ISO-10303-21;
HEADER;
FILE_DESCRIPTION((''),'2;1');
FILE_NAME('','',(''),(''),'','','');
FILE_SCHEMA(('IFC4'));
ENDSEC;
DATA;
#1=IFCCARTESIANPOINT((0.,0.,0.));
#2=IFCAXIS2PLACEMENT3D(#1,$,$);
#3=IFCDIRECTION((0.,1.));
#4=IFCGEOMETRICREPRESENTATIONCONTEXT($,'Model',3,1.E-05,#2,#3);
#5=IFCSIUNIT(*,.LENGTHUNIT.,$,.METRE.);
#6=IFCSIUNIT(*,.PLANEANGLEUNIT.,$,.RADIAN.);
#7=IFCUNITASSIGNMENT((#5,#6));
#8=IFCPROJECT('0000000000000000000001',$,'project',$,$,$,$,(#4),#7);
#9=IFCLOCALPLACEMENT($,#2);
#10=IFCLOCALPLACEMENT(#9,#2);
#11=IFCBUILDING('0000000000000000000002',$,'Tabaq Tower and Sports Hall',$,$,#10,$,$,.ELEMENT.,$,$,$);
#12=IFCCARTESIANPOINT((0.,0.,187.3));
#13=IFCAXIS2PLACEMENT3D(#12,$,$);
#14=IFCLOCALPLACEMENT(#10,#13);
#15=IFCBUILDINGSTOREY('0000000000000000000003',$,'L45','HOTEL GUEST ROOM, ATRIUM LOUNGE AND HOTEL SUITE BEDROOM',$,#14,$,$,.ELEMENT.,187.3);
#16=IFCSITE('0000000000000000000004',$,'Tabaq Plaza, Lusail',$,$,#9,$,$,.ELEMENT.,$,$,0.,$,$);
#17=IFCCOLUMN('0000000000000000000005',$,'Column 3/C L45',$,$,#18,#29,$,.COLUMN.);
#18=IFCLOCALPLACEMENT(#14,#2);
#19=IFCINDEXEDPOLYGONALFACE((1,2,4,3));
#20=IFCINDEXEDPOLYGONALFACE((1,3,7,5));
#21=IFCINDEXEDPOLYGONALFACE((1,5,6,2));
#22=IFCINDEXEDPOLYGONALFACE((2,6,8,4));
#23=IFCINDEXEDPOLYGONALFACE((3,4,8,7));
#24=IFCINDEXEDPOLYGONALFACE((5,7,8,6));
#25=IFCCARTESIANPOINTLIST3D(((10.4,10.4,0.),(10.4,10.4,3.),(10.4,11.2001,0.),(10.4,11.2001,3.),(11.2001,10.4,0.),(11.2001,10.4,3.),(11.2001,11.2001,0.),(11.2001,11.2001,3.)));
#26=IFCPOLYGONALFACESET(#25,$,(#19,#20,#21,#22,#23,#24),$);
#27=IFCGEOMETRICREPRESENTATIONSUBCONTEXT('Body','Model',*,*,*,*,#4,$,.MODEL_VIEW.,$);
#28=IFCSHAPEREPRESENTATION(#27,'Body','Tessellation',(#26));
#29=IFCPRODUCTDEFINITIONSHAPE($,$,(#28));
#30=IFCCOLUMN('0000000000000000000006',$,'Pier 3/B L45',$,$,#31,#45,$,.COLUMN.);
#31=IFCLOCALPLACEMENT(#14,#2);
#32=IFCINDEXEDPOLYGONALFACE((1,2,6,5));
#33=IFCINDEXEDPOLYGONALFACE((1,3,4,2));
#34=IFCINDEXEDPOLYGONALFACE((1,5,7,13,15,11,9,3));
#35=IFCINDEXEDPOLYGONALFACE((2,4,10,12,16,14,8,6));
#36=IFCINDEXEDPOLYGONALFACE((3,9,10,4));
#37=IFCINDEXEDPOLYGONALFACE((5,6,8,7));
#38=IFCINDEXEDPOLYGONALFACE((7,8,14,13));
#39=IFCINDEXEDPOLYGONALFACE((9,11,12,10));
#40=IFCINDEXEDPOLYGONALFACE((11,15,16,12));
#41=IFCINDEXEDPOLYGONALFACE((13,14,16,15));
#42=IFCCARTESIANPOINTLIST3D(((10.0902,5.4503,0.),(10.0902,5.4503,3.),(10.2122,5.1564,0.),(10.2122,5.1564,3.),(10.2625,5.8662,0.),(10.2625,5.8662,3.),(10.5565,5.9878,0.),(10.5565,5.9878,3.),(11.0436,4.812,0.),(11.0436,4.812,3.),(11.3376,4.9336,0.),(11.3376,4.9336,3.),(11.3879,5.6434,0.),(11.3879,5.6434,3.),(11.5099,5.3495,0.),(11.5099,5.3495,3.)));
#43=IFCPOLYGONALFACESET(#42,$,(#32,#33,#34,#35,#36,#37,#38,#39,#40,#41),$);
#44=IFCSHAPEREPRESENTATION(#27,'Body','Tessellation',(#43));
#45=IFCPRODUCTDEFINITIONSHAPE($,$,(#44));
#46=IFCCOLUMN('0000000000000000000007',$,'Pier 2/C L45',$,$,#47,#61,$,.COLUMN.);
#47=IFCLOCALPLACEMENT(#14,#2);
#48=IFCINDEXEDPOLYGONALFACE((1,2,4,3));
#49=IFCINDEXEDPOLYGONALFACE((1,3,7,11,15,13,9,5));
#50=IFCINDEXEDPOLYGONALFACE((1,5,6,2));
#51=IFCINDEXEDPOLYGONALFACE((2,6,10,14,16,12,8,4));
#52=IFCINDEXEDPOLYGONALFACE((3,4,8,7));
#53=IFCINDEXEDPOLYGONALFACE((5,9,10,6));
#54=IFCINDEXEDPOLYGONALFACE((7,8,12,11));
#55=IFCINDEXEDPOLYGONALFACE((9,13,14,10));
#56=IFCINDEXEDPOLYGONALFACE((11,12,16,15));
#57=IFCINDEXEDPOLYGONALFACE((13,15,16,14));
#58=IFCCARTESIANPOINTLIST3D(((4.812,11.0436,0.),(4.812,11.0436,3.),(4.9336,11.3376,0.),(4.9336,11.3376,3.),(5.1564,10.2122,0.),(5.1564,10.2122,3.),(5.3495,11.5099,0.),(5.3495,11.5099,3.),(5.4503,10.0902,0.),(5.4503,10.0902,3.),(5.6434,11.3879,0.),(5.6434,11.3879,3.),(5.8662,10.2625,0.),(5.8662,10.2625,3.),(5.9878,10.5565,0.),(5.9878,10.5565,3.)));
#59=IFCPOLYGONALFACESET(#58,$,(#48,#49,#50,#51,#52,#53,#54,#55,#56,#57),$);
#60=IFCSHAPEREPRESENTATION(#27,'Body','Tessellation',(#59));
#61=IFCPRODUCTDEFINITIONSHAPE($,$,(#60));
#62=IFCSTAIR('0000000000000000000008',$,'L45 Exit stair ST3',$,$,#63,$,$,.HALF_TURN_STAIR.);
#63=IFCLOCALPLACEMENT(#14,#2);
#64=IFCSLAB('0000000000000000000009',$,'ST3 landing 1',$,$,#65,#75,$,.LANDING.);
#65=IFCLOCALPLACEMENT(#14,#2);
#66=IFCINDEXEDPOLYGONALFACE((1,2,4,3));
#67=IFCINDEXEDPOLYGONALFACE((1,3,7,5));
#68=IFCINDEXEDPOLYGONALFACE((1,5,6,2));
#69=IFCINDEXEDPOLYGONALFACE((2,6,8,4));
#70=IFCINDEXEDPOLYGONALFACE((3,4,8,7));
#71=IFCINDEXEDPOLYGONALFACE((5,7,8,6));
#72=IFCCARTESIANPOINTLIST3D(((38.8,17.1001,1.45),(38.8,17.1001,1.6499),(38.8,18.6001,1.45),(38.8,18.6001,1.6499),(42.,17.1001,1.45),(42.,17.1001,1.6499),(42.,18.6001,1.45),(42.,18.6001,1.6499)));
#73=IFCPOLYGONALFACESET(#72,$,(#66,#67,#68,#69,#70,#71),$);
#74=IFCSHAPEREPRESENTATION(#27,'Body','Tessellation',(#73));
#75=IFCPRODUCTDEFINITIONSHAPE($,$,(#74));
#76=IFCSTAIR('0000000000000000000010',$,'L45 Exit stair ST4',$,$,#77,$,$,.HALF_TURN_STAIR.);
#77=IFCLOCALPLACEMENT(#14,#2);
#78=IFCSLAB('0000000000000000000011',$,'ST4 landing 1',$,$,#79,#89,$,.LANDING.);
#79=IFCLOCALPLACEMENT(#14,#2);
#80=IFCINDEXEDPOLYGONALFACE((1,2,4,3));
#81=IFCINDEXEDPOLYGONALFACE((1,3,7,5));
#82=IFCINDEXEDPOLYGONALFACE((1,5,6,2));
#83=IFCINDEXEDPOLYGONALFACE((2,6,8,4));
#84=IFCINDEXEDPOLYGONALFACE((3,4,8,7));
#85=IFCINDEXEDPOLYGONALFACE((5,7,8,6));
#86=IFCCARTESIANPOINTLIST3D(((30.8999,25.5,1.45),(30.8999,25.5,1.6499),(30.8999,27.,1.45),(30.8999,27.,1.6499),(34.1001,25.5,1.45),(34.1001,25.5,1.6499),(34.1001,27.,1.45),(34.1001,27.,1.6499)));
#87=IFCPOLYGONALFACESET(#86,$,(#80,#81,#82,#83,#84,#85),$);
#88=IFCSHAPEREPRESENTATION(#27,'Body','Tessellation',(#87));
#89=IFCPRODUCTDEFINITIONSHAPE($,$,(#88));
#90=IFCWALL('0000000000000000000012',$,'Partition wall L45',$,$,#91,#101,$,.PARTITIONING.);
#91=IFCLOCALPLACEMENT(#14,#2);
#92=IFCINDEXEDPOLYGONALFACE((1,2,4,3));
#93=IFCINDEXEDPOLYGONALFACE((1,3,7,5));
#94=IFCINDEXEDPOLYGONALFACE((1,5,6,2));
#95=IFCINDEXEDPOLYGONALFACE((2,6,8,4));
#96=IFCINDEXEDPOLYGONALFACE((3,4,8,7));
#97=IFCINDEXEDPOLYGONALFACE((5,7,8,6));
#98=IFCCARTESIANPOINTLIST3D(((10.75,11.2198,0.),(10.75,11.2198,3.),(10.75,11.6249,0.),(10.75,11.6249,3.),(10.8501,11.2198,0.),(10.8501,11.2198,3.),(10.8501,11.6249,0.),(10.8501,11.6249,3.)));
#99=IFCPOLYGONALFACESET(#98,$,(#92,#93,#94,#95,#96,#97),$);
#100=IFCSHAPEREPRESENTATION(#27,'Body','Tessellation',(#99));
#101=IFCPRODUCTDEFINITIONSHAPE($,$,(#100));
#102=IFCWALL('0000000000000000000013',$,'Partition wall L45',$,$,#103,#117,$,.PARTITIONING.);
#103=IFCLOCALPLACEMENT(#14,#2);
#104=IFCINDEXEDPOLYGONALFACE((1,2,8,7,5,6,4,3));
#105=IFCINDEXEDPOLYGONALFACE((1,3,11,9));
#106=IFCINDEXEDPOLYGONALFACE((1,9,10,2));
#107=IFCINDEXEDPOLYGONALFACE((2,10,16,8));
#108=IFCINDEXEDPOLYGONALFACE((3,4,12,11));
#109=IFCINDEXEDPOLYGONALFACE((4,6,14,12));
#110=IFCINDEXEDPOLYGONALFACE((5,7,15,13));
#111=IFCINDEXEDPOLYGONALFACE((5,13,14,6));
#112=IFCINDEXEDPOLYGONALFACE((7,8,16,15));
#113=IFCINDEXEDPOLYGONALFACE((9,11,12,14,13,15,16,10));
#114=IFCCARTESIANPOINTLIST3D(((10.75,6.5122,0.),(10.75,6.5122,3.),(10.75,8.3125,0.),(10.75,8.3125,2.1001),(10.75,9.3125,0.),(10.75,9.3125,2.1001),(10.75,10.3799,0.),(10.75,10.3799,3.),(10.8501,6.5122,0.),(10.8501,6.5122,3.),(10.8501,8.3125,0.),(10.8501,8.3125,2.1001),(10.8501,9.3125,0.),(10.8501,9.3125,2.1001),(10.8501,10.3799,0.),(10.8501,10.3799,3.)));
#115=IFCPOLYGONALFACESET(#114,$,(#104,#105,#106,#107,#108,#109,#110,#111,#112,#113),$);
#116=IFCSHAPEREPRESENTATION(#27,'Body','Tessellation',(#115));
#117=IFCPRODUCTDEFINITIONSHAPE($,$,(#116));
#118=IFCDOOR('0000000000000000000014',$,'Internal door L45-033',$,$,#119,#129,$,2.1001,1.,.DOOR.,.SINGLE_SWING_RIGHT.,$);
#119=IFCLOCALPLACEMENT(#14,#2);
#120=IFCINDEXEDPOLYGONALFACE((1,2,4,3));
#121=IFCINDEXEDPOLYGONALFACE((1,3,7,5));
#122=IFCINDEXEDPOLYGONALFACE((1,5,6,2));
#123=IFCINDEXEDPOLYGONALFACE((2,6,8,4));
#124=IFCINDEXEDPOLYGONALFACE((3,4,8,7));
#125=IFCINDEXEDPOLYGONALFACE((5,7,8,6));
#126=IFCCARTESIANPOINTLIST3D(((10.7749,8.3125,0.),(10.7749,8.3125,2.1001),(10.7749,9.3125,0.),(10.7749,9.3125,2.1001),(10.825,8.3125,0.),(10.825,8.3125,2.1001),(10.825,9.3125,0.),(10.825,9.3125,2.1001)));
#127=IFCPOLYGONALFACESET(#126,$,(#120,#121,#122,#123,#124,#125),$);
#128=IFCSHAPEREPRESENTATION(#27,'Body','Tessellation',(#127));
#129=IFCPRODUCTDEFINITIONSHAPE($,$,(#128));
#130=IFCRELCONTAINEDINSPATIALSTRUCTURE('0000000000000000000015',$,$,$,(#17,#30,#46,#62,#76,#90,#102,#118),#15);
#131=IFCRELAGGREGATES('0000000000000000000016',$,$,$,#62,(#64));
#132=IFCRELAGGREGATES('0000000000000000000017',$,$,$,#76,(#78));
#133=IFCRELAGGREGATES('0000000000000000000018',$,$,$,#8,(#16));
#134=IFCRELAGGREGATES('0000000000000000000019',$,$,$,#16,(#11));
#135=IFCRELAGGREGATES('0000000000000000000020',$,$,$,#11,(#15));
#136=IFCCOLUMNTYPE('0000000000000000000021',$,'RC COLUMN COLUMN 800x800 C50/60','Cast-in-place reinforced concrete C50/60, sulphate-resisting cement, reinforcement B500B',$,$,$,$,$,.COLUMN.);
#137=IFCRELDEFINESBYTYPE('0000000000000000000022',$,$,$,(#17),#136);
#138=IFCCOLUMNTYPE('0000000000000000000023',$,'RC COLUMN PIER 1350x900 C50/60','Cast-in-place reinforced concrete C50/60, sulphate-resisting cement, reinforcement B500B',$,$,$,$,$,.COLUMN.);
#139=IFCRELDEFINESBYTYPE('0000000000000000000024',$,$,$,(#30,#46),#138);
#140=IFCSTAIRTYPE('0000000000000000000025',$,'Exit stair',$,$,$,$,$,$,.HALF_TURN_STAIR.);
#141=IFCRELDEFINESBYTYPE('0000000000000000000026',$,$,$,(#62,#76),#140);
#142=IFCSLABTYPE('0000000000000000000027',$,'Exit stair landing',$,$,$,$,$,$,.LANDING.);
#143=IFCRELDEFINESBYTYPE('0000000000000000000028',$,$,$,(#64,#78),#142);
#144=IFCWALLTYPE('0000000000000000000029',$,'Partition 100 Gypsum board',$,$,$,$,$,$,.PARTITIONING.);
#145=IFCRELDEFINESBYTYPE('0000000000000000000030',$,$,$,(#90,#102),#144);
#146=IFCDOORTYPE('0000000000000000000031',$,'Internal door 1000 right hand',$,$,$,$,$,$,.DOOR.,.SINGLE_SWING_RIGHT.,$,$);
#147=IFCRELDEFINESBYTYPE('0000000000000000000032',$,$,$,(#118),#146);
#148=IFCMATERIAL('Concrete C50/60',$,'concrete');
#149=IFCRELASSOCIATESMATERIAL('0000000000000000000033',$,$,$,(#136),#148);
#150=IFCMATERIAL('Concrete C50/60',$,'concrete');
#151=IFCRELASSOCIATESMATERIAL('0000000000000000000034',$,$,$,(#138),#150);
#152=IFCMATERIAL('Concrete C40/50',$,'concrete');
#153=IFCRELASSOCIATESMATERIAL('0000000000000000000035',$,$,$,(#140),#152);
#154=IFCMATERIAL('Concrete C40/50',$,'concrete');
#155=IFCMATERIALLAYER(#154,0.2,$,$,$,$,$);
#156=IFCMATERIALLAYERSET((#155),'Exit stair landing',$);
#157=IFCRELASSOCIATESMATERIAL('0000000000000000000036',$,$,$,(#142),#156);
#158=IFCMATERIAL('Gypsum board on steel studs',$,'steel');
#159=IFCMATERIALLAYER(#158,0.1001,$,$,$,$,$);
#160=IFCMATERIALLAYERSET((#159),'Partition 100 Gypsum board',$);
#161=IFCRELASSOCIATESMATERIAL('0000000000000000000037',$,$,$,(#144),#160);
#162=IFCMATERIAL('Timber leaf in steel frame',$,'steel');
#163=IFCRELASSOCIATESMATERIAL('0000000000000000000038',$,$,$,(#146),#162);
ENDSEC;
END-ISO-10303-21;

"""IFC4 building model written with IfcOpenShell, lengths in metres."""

from ifc_helpers import new_model, si_unit, direction, frame, frame_2d, origin, origin_2d, place, context, subcontext, project, spatial, polyline, rectangle, outline, extrude, material, layer, layer_set, material_profile, profile_set, type_object, element, fill, aggregate, save


model = new_model("IFC4")

# Units and contexts
model_context = context("Model", 3, precision=1e-05, world=origin(), true_north=direction((0.0, 1.0)))
body_context = subcontext(model_context, "Body", "Model", "MODEL_VIEW")
ifc_project = project(units=[si_unit("LENGTHUNIT", "METRE"), si_unit("PLANEANGLEUNIT", "RADIAN")], contexts=[model_context])

# Site, building, storey
site_placement = place(None, origin())
site = spatial("IfcSite", under=ifc_project, at=site_placement, Name="Tabaq Plaza, Lusail", CompositionType="ELEMENT", RefElevation=0.0)
building_placement = place(site_placement, origin())
building = spatial("IfcBuilding", under=site, at=building_placement, Name="Tabaq Tower and Sports Hall", CompositionType="ELEMENT")
storey_placement = place(building_placement, frame((0.0, 0.0, 187.3)))
storey = spatial("IfcBuildingStorey", under=building, at=storey_placement, Name="L45", Description="HOTEL GUEST ROOM, ATRIUM LOUNGE AND HOTEL SUITE BEDROOM", CompositionType="ELEMENT", Elevation=187.3)

# Columns
ifc_material_1 = material(Name="Concrete C50/60", Category="concrete")
ifc_material_profile_1 = material_profile(ifc_material_1, rectangle(XDim=0.8, YDim=0.8, at=origin_2d()), Name="COLUMN 800x800")
ifc_profile_set_1 = profile_set([ifc_material_profile_1], Name="Concrete C50/60")
column_type_1 = type_object("IfcColumnType", Name="RC COLUMN COLUMN 800x800 C50/60", Description="Cast-in-place reinforced concrete C50/60, sulphate-resisting cement, reinforcement B500B", PredefinedType="COLUMN", material=ifc_profile_set_1)
column_placement = place(storey_placement, frame((10.8, 10.8, 0.0), z_axis=(0.0, 0.0, 1.0), x_axis=(1.0, 0.0, 0.0)))
element("IfcColumn", 1, at=column_placement, inside=storey, type_object=column_type_1, Name="Column 3/C L45", PredefinedType="COLUMN", context=body_context, shape_type="SweptSolid", body=[
    extrude(rectangle(XDim=0.8, YDim=0.8, at=origin_2d()), origin(), (0.0, 0.0, 1.0), 3.0),
])
ifc_material_2 = material(Name="Concrete C50/60", Category="concrete")
ifc_material_profile_2 = material_profile(ifc_material_2, outline(polyline([(-0.45, -0.45), (0.45, -0.45), (0.675, -0.2251), (0.675, 0.2251), (0.45, 0.45), (-0.45, 0.45), (-0.675, 0.2251), (-0.675, -0.2251), (-0.45, -0.45)])), Name="PIER 1350x900")
ifc_profile_set_2 = profile_set([ifc_material_profile_2], Name="Concrete C50/60")
column_type_2 = type_object("IfcColumnType", Name="RC COLUMN PIER 1350x900 C50/60", Description="Cast-in-place reinforced concrete C50/60, sulphate-resisting cement, reinforcement B500B", PredefinedType="COLUMN", material=ifc_profile_set_2)
for number, where, z_axis, x_axis, name in (
    (2, (10.8, 5.3999, 0.0), (0.0, 0.0, 1.0), (-0.92388, 0.382683, 0.0), "Pier 3/B L45"),
    (3, (5.3999, 10.8, 0.0), (0.0, 0.0, 1.0), (-0.382683, 0.92388, 0.0), "Pier 2/C L45"),
):
    element("IfcColumn", number, at=place(storey_placement, frame(where, z_axis=z_axis, x_axis=x_axis)), inside=storey, type_object=column_type_2, Name=name, PredefinedType="COLUMN", context=body_context, shape_type="SweptSolid", body=[
        extrude(outline(polyline([(-0.45, -0.45), (0.45, -0.45), (0.675, -0.2251), (0.675, 0.2251), (0.45, 0.45), (-0.45, 0.45), (-0.675, 0.2251), (-0.675, -0.2251), (-0.45, -0.45)])), origin(), (0.0, 0.0, 1.0), 3.0),
    ])

# Stairs, slabs
ifc_material_3 = material(Name="Concrete C40/50", Category="concrete")
stair_type = type_object("IfcStairType", Name="Exit stair", PredefinedType="HALF_TURN_STAIR", material=ifc_material_3)
stair_1_placement = place(storey_placement, origin())
stair_1 = element("IfcStair", 4, at=stair_1_placement, inside=storey, type_object=stair_type, Name="L45 Exit stair ST3", PredefinedType="HALF_TURN_STAIR")
ifc_material_4 = material(Name="Concrete C40/50", Category="concrete")
ifc_layer_1 = layer(ifc_material_4, 0.2)
ifc_layer_set_1 = layer_set([ifc_layer_1], Name="Exit stair landing")
slab_type = type_object("IfcSlabType", Name="Exit stair landing", PredefinedType="LANDING", material=ifc_layer_set_1)
slab_1_placement = place(storey_placement, frame((0.0, 0.0, 1.45)))
slab_1 = element("IfcSlab", 5, at=slab_1_placement, type_object=slab_type, Name="ST3 landing 1", PredefinedType="LANDING", context=body_context, shape_type="SweptSolid", body=[
    extrude(outline(polyline([(38.8, 18.6001), (38.8, 17.1001), (42.0, 17.1001), (42.0, 18.6001), (38.8, 18.6001)])), origin(), (0.0, 0.0, 1.0), 0.2),
])
aggregate(stair_1, [slab_1])
stair_2_placement = place(storey_placement, origin())
stair_2 = element("IfcStair", 6, at=stair_2_placement, inside=storey, type_object=stair_type, Name="L45 Exit stair ST4", PredefinedType="HALF_TURN_STAIR")
slab_2_placement = place(storey_placement, frame((0.0, 0.0, 1.45)))
slab_2 = element("IfcSlab", 7, at=slab_2_placement, type_object=slab_type, Name="ST4 landing 1", PredefinedType="LANDING", context=body_context, shape_type="SweptSolid", body=[
    extrude(outline(polyline([(30.8999, 27.0), (30.8999, 25.5), (34.1001, 25.5), (34.1001, 27.0), (30.8999, 27.0)])), origin(), (0.0, 0.0, 1.0), 0.2),
])
aggregate(stair_2, [slab_2])

# Wall
ifc_material_5 = material(Name="Gypsum board on steel studs", Category="steel")
ifc_layer_2 = layer(ifc_material_5, 0.1001)
ifc_layer_set_2 = layer_set([ifc_layer_2], Name="Partition 100 Gypsum board")
wall_type_1 = type_object("IfcWallType", Name="Partition 100 Gypsum board", PredefinedType="PARTITIONING", material=ifc_layer_set_2)
wall_1_placement = place(storey_placement, frame((10.8, 11.625, 0.0), z_axis=(0.0, 0.0, 1.0), x_axis=(0.0, -1.0, 0.0)))
element("IfcWall", 8, at=wall_1_placement, inside=storey, type_object=wall_type_1, Name="Partition wall L45", PredefinedType="PARTITIONING", context=body_context, shape_type="SweptSolid", body=[
    extrude(rectangle(XDim=0.405, YDim=0.1001, at=frame_2d((0.2026, 0.0))), origin(), (0.0, 0.0, 1.0), 3.0),
])

# Wall, opening, door
wall_2_placement = place(storey_placement, frame((10.8, 10.3799, 0.0), z_axis=(0.0, 0.0, 1.0), x_axis=(0.0, -1.0, 0.0)))
wall_2 = element("IfcWall", 9, at=wall_2_placement, inside=storey, type_object=wall_type_1, Name="Partition wall L45", PredefinedType="PARTITIONING", context=body_context, shape_type="SweptSolid", body=[
    extrude(rectangle(XDim=3.8677, YDim=0.1001, at=frame_2d((1.9338, 0.0))), origin(), (0.0, 0.0, 1.0), 3.0),
])
opening_1_placement = place(wall_2_placement, frame((1.0674, 0.0, 0.0)))
opening_1 = element("IfcOpeningElement", 10, at=opening_1_placement, cuts=wall_2, PredefinedType="OPENING", context=body_context, shape_type="SweptSolid", body=[
    extrude(rectangle(XDim=1.0, YDim=2.1001, at=frame_2d((0.5, 1.05))), frame((0.0, 0.05, 0.0), z_axis=(0.0, -1.0, 0.0), x_axis=(1.0, 0.0, 0.0)), (0.0, 0.0, 1.0), 0.1001),
])
ifc_material_6 = material(Name="Timber leaf in steel frame", Category="steel")
door_type = type_object("IfcDoorType", Name="Internal door 1000 right hand", OperationType="SINGLE_SWING_RIGHT", PredefinedType="DOOR", material=ifc_material_6)
door_placement = place(opening_1_placement, origin())
door = element("IfcDoor", 11, at=door_placement, inside=storey, type_object=door_type, Name="Internal door L45-033", OperationType="SINGLE_SWING_RIGHT", OverallHeight=2.1001, OverallWidth=1.0, PredefinedType="DOOR", context=body_context, shape_type="SweptSolid", body=[
    extrude(rectangle(XDim=1.0, YDim=2.1001, at=frame_2d((0.5, 1.05))), frame((0.0, 0.0249, 0.0), z_axis=(0.0, -1.0, 0.0), x_axis=(1.0, 0.0, 0.0)), (0.0, 0.0, 1.0), 0.05),
])
fill(opening_1, door)

save(model, "model.ifc")
